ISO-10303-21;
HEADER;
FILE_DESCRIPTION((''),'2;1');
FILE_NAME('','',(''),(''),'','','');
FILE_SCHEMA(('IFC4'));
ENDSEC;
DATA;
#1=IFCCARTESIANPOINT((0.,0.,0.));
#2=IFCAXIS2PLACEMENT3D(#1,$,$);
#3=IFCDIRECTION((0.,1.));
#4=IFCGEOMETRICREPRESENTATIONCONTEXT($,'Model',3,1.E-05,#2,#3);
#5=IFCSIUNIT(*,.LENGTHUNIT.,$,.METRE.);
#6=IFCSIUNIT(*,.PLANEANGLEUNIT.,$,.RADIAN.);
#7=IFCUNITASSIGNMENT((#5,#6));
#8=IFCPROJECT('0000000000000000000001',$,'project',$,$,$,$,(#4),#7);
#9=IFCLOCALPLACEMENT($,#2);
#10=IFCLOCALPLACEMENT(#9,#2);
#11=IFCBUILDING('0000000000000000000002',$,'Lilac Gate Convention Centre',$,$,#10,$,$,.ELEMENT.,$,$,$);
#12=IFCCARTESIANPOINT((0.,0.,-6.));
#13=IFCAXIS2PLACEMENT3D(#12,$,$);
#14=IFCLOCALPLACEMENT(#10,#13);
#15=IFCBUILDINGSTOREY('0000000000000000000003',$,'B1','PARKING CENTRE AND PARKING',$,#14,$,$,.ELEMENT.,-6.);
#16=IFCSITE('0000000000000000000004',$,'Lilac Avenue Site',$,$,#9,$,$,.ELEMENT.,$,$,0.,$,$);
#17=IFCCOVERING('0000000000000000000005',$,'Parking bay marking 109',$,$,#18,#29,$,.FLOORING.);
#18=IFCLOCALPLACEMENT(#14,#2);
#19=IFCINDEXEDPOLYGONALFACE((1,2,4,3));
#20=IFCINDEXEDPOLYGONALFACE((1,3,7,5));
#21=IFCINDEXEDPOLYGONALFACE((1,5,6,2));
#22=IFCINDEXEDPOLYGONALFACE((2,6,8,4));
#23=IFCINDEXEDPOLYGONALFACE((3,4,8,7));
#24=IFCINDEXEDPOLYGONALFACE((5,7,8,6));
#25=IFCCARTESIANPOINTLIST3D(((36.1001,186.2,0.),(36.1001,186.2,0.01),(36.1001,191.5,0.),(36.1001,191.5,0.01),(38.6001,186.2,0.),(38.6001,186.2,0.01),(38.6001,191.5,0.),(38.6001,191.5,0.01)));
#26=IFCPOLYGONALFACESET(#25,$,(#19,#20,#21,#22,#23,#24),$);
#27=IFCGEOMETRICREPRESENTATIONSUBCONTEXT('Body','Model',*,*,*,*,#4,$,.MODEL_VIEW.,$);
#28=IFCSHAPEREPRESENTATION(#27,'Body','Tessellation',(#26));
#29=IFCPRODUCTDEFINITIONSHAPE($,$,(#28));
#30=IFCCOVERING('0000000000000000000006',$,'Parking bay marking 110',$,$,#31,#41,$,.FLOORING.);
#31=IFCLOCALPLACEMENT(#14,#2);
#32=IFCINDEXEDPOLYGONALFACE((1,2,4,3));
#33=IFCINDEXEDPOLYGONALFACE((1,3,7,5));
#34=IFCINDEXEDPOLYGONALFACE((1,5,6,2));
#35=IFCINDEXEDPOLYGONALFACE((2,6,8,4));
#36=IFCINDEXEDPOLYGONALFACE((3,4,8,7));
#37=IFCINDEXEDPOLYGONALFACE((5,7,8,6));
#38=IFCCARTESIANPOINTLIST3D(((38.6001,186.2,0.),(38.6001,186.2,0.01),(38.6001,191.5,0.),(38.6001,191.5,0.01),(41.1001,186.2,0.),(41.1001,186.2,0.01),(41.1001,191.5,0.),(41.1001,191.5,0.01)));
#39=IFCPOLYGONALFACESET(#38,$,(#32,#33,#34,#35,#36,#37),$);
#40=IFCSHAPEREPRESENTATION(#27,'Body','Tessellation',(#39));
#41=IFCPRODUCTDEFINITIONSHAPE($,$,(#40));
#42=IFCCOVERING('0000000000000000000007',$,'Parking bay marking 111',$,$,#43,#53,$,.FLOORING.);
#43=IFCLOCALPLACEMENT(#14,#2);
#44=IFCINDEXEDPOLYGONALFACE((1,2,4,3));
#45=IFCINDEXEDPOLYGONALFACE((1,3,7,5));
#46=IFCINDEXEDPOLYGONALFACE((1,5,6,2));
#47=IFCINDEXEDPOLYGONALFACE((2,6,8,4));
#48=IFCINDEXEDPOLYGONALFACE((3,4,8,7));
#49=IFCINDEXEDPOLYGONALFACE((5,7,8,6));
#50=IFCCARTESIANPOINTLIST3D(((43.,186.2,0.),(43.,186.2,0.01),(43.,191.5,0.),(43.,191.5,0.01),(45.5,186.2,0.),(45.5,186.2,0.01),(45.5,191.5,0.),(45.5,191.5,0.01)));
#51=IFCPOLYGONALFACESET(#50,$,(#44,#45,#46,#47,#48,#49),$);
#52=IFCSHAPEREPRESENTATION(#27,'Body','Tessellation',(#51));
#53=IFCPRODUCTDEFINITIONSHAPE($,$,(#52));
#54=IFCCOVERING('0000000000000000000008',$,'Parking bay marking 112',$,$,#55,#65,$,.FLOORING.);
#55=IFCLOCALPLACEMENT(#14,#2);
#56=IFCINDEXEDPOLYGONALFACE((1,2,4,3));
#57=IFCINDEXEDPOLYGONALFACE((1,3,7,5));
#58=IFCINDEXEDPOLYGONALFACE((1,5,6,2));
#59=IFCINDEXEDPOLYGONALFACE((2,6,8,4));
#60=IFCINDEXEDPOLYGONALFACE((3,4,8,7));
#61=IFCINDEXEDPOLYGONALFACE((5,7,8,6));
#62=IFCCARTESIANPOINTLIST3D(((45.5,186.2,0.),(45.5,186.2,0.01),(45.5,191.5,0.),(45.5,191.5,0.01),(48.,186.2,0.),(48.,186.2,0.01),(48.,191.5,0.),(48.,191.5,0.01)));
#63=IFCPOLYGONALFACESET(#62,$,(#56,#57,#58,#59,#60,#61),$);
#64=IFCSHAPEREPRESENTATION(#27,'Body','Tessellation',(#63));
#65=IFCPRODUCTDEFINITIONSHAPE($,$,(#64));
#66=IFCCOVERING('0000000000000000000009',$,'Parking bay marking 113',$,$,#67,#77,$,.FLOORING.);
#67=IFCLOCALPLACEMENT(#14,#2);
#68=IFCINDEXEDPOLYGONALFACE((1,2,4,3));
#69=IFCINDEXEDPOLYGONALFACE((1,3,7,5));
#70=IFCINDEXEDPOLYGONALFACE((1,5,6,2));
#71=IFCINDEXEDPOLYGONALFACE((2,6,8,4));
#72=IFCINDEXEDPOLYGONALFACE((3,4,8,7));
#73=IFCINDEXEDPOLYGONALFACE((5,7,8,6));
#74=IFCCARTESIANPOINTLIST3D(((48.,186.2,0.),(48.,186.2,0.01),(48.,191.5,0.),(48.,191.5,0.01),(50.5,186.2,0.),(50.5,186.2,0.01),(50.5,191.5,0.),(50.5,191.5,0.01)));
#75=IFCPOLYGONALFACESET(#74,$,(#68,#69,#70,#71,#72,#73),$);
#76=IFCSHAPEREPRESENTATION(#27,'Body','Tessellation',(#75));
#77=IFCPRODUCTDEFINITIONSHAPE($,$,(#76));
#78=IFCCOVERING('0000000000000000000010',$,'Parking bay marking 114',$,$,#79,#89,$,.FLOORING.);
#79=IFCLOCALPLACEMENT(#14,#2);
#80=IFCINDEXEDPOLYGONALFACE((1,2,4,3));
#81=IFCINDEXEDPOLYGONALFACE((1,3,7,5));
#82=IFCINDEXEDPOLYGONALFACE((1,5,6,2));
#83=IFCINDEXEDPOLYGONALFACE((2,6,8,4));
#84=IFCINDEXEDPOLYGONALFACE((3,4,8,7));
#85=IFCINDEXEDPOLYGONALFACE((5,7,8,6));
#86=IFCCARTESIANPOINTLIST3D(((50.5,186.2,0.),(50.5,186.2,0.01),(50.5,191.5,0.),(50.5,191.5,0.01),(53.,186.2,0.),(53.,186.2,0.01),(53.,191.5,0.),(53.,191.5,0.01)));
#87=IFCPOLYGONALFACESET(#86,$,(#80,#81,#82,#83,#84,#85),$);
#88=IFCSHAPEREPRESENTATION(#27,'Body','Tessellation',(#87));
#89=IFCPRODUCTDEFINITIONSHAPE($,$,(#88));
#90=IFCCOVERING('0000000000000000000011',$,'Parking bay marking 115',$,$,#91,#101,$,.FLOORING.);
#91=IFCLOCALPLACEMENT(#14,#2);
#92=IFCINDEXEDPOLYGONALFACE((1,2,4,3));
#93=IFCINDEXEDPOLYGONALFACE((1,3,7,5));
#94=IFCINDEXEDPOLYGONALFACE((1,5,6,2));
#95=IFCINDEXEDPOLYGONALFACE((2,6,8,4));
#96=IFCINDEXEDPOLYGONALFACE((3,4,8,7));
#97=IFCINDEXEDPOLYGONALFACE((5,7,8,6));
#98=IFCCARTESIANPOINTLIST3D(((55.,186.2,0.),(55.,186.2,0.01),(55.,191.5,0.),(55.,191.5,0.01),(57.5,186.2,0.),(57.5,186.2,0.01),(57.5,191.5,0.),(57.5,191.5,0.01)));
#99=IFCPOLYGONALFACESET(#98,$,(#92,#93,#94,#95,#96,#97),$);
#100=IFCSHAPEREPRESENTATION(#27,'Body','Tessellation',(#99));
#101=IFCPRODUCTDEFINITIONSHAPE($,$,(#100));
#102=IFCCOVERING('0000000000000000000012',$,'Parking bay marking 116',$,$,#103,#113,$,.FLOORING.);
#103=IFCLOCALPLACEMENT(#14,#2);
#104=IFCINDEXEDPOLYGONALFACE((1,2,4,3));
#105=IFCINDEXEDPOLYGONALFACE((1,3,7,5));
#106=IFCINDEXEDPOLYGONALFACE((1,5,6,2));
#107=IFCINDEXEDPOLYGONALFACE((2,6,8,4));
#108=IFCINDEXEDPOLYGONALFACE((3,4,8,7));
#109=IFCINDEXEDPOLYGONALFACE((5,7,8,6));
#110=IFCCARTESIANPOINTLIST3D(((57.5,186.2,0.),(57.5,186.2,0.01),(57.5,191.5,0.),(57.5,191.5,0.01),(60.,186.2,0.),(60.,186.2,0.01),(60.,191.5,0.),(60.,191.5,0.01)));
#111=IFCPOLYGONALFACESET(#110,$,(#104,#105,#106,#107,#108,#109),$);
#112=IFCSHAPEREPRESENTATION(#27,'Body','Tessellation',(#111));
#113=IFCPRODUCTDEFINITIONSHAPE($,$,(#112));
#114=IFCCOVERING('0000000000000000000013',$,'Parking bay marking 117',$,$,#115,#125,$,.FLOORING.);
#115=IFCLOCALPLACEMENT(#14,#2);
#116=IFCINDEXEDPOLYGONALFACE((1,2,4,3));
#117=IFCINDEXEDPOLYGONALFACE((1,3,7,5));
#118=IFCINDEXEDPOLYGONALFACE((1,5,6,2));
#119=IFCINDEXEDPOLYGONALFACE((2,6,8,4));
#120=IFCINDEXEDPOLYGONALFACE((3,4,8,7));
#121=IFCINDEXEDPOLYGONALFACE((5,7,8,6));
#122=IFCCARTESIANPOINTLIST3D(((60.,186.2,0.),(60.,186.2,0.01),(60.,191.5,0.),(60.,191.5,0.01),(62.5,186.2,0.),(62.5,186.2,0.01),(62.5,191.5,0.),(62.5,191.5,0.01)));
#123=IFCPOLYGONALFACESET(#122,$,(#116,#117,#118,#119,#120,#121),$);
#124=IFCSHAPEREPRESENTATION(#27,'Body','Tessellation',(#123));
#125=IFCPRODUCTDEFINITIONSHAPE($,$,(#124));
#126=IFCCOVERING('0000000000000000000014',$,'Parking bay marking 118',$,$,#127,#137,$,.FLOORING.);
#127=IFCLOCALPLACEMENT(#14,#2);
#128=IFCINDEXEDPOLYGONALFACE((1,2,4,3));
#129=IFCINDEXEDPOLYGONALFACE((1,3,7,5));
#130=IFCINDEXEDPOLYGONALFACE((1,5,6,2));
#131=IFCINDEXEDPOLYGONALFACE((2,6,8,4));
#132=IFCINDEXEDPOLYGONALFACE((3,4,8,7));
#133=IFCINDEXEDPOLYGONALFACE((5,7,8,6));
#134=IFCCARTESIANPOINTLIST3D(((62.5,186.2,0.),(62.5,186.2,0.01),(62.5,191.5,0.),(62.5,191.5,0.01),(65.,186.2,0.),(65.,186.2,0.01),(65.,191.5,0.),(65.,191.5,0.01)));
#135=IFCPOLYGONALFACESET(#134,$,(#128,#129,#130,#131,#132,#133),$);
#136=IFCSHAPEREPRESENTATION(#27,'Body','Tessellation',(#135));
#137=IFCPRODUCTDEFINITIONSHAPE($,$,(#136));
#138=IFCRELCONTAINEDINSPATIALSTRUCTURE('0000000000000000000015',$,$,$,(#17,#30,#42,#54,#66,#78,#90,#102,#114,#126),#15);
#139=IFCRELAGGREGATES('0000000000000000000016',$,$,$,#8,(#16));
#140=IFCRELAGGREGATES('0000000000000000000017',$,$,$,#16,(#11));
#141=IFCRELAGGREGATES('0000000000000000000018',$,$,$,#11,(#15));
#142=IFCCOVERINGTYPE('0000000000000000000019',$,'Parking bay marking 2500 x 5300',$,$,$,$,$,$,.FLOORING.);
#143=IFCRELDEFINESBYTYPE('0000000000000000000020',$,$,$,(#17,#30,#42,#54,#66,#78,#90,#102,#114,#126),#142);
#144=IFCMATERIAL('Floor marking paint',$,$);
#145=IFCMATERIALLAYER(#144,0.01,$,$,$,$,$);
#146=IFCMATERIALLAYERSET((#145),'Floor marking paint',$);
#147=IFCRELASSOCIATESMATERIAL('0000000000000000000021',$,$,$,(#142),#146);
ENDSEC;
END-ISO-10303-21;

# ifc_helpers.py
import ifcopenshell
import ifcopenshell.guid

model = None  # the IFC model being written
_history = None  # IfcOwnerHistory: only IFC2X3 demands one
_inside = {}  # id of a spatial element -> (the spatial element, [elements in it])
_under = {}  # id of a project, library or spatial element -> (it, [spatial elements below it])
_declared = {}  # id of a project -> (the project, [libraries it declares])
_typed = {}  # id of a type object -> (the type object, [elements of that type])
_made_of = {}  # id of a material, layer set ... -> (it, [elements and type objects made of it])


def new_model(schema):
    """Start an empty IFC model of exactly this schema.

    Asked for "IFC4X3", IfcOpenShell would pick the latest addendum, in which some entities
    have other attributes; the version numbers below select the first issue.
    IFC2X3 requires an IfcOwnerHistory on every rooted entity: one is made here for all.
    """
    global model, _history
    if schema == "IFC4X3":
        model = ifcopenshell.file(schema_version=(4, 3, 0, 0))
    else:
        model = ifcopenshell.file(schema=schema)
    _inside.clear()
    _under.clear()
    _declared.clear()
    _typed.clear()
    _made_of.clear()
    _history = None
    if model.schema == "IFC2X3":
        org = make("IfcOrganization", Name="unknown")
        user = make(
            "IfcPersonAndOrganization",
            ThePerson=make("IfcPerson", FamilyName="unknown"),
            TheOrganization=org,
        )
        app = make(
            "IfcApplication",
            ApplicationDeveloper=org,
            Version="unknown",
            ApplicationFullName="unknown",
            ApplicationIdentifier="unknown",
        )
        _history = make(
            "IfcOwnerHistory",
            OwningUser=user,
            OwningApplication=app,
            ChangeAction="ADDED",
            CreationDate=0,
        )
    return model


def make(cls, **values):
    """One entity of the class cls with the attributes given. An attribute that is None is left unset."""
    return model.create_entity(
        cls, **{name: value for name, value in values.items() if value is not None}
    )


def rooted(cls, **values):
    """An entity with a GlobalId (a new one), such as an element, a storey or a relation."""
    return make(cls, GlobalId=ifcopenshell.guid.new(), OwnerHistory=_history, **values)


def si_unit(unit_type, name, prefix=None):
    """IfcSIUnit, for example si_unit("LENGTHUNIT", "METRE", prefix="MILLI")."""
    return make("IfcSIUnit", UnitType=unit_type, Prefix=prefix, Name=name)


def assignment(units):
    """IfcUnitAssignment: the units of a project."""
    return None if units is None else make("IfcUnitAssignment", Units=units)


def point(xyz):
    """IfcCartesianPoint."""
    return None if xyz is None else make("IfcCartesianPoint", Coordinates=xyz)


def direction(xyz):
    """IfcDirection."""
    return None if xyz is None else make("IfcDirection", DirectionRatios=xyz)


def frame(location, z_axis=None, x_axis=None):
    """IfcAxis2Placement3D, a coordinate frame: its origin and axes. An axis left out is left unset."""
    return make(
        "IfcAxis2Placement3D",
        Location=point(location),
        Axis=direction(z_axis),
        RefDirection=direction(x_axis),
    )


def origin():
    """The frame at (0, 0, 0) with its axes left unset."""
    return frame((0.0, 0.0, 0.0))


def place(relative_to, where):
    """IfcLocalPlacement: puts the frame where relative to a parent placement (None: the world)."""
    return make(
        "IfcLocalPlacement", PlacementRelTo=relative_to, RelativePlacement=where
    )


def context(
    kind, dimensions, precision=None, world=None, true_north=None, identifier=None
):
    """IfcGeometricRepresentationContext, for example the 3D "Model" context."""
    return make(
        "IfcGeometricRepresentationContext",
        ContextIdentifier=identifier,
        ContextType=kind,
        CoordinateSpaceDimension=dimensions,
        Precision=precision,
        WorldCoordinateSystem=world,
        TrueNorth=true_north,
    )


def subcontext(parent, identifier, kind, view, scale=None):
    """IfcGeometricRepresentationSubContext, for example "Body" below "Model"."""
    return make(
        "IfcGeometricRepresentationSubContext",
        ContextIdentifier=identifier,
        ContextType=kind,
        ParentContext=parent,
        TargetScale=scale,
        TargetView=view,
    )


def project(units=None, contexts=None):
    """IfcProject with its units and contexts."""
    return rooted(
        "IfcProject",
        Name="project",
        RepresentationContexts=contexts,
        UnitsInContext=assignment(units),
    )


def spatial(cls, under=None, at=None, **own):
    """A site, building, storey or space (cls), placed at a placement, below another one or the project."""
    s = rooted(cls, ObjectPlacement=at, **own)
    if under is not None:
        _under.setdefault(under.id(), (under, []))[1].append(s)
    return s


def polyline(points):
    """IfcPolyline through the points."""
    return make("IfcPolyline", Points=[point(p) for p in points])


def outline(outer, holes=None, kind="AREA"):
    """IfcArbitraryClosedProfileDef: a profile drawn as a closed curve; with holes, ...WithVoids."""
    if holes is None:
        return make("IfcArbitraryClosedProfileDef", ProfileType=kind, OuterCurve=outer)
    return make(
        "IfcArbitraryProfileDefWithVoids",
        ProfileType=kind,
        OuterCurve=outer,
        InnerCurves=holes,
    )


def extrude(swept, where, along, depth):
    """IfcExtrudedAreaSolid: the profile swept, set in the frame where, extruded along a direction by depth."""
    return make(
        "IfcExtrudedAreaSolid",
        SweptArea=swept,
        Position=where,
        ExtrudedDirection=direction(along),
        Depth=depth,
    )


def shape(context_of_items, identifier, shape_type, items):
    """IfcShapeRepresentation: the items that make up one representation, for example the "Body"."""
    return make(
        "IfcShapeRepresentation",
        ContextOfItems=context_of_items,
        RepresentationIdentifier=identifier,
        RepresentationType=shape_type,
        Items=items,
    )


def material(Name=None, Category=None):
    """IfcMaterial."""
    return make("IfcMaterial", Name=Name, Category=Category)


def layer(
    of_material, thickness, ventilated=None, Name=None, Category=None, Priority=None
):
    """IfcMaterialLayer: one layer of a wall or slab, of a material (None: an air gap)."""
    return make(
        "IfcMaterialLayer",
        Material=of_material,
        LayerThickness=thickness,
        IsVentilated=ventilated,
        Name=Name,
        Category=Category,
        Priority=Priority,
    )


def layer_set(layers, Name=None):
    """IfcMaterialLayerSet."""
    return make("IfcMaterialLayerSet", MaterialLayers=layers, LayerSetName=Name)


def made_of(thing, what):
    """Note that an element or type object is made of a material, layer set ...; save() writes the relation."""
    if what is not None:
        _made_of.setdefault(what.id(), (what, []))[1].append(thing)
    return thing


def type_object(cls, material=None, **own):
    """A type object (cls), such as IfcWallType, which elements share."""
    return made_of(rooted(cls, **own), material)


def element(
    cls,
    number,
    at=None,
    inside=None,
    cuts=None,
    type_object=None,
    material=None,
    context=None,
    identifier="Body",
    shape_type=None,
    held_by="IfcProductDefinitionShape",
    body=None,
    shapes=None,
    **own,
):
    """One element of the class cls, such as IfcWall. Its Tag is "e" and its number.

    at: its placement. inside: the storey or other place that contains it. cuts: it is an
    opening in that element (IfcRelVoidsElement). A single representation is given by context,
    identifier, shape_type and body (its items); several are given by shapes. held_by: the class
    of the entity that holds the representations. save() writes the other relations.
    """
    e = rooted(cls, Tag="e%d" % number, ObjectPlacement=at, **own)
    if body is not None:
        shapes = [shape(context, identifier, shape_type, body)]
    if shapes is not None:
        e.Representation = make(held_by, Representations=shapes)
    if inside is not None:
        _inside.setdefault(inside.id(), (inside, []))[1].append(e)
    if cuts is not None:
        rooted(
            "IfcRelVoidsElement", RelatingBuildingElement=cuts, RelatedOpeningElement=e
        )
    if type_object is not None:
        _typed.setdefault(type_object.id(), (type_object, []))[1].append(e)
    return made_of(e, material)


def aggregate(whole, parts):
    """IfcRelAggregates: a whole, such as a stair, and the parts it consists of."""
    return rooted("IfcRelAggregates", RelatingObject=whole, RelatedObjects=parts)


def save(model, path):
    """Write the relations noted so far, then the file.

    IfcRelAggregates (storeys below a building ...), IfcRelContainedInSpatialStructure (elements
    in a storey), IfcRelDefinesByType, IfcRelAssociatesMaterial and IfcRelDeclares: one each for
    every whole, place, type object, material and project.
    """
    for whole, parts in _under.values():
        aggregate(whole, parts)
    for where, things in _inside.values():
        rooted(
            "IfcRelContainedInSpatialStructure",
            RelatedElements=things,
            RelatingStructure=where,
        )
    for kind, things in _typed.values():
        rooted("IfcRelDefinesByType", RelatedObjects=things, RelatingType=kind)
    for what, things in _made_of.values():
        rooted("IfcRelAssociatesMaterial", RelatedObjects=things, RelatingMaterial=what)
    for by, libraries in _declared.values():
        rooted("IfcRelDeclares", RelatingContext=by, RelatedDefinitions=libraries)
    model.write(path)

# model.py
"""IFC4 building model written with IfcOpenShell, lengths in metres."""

from ifc_helpers import new_model, si_unit, direction, frame, origin, place, context, subcontext, project, spatial, polyline, outline, extrude, material, layer, layer_set, type_object, element, save


model = new_model("IFC4")

# Units and contexts
model_context = context("Model", 3, precision=1e-05, world=origin(), true_north=direction((0.0, 1.0)))
body_context = subcontext(model_context, "Body", "Model", "MODEL_VIEW")
ifc_project = project(units=[si_unit("LENGTHUNIT", "METRE"), si_unit("PLANEANGLEUNIT", "RADIAN")], contexts=[model_context])

# Site, building, storey
site_placement = place(None, origin())
site = spatial("IfcSite", under=ifc_project, at=site_placement, Name="Lilac Avenue Site", CompositionType="ELEMENT", RefElevation=0.0)
building_placement = place(site_placement, origin())
building = spatial("IfcBuilding", under=site, at=building_placement, Name="Lilac Gate Convention Centre", CompositionType="ELEMENT")
storey_placement = place(building_placement, frame((0.0, 0.0, -6.0)))
storey = spatial("IfcBuildingStorey", under=building, at=storey_placement, Name="B1", Description="PARKING CENTRE AND PARKING", CompositionType="ELEMENT", Elevation=-6.0)

# Coverings
ifc_material = material(Name="Floor marking paint")
ifc_layer = layer(ifc_material, 0.01)
ifc_layer_set = layer_set([ifc_layer], Name="Floor marking paint")
covering_type = type_object("IfcCoveringType", Name="Parking bay marking 2500 x 5300", PredefinedType="FLOORING", material=ifc_layer_set)
covering_1_placement = place(storey_placement, origin())
element("IfcCovering", 1, at=covering_1_placement, inside=storey, type_object=covering_type, Name="Parking bay marking 109", PredefinedType="FLOORING", context=body_context, shape_type="SweptSolid", body=[
    extrude(outline(polyline([(36.1001, 186.2), (38.6001, 186.2), (38.6001, 191.5), (36.1001, 191.5), (36.1001, 186.2)])), origin(), (0.0, 0.0, 1.0), 0.01),
])
covering_2_placement = place(storey_placement, origin())
element("IfcCovering", 2, at=covering_2_placement, inside=storey, type_object=covering_type, Name="Parking bay marking 110", PredefinedType="FLOORING", context=body_context, shape_type="SweptSolid", body=[
    extrude(outline(polyline([(38.6001, 186.2), (41.1001, 186.2), (41.1001, 191.5), (38.6001, 191.5), (38.6001, 186.2)])), origin(), (0.0, 0.0, 1.0), 0.01),
])
covering_3_placement = place(storey_placement, origin())
element("IfcCovering", 3, at=covering_3_placement, inside=storey, type_object=covering_type, Name="Parking bay marking 111", PredefinedType="FLOORING", context=body_context, shape_type="SweptSolid", body=[
    extrude(outline(polyline([(43.0, 186.2), (45.5, 186.2), (45.5, 191.5), (43.0, 191.5), (43.0, 186.2)])), origin(), (0.0, 0.0, 1.0), 0.01),
])
covering_4_placement = place(storey_placement, origin())
element("IfcCovering", 4, at=covering_4_placement, inside=storey, type_object=covering_type, Name="Parking bay marking 112", PredefinedType="FLOORING", context=body_context, shape_type="SweptSolid", body=[
    extrude(outline(polyline([(45.5, 186.2), (48.0, 186.2), (48.0, 191.5), (45.5, 191.5), (45.5, 186.2)])), origin(), (0.0, 0.0, 1.0), 0.01),
])
covering_5_placement = place(storey_placement, origin())
element("IfcCovering", 5, at=covering_5_placement, inside=storey, type_object=covering_type, Name="Parking bay marking 113", PredefinedType="FLOORING", context=body_context, shape_type="SweptSolid", body=[
    extrude(outline(polyline([(48.0, 186.2), (50.5, 186.2), (50.5, 191.5), (48.0, 191.5), (48.0, 186.2)])), origin(), (0.0, 0.0, 1.0), 0.01),
])
covering_6_placement = place(storey_placement, origin())
element("IfcCovering", 6, at=covering_6_placement, inside=storey, type_object=covering_type, Name="Parking bay marking 114", PredefinedType="FLOORING", context=body_context, shape_type="SweptSolid", body=[
    extrude(outline(polyline([(50.5, 186.2), (53.0, 186.2), (53.0, 191.5), (50.5, 191.5), (50.5, 186.2)])), origin(), (0.0, 0.0, 1.0), 0.01),
])
covering_7_placement = place(storey_placement, origin())
element("IfcCovering", 7, at=covering_7_placement, inside=storey, type_object=covering_type, Name="Parking bay marking 115", PredefinedType="FLOORING", context=body_context, shape_type="SweptSolid", body=[
    extrude(outline(polyline([(55.0, 186.2), (57.5, 186.2), (57.5, 191.5), (55.0, 191.5), (55.0, 186.2)])), origin(), (0.0, 0.0, 1.0), 0.01),
])
covering_8_placement = place(storey_placement, origin())
element("IfcCovering", 8, at=covering_8_placement, inside=storey, type_object=covering_type, Name="Parking bay marking 116", PredefinedType="FLOORING", context=body_context, shape_type="SweptSolid", body=[
    extrude(outline(polyline([(57.5, 186.2), (60.0, 186.2), (60.0, 191.5), (57.5, 191.5), (57.5, 186.2)])), origin(), (0.0, 0.0, 1.0), 0.01),
])
covering_9_placement = place(storey_placement, origin())
element("IfcCovering", 9, at=covering_9_placement, inside=storey, type_object=covering_type, Name="Parking bay marking 117", PredefinedType="FLOORING", context=body_context, shape_type="SweptSolid", body=[
    extrude(outline(polyline([(60.0, 186.2), (62.5, 186.2), (62.5, 191.5), (60.0, 191.5), (60.0, 186.2)])), origin(), (0.0, 0.0, 1.0), 0.01),
])
covering_10_placement = place(storey_placement, origin())
element("IfcCovering", 10, at=covering_10_placement, inside=storey, type_object=covering_type, Name="Parking bay marking 118", PredefinedType="FLOORING", context=body_context, shape_type="SweptSolid", body=[
    extrude(outline(polyline([(62.5, 186.2), (65.0, 186.2), (65.0, 191.5), (62.5, 191.5), (62.5, 186.2)])), origin(), (0.0, 0.0, 1.0), 0.01),
])

save(model, "model.ifc")
